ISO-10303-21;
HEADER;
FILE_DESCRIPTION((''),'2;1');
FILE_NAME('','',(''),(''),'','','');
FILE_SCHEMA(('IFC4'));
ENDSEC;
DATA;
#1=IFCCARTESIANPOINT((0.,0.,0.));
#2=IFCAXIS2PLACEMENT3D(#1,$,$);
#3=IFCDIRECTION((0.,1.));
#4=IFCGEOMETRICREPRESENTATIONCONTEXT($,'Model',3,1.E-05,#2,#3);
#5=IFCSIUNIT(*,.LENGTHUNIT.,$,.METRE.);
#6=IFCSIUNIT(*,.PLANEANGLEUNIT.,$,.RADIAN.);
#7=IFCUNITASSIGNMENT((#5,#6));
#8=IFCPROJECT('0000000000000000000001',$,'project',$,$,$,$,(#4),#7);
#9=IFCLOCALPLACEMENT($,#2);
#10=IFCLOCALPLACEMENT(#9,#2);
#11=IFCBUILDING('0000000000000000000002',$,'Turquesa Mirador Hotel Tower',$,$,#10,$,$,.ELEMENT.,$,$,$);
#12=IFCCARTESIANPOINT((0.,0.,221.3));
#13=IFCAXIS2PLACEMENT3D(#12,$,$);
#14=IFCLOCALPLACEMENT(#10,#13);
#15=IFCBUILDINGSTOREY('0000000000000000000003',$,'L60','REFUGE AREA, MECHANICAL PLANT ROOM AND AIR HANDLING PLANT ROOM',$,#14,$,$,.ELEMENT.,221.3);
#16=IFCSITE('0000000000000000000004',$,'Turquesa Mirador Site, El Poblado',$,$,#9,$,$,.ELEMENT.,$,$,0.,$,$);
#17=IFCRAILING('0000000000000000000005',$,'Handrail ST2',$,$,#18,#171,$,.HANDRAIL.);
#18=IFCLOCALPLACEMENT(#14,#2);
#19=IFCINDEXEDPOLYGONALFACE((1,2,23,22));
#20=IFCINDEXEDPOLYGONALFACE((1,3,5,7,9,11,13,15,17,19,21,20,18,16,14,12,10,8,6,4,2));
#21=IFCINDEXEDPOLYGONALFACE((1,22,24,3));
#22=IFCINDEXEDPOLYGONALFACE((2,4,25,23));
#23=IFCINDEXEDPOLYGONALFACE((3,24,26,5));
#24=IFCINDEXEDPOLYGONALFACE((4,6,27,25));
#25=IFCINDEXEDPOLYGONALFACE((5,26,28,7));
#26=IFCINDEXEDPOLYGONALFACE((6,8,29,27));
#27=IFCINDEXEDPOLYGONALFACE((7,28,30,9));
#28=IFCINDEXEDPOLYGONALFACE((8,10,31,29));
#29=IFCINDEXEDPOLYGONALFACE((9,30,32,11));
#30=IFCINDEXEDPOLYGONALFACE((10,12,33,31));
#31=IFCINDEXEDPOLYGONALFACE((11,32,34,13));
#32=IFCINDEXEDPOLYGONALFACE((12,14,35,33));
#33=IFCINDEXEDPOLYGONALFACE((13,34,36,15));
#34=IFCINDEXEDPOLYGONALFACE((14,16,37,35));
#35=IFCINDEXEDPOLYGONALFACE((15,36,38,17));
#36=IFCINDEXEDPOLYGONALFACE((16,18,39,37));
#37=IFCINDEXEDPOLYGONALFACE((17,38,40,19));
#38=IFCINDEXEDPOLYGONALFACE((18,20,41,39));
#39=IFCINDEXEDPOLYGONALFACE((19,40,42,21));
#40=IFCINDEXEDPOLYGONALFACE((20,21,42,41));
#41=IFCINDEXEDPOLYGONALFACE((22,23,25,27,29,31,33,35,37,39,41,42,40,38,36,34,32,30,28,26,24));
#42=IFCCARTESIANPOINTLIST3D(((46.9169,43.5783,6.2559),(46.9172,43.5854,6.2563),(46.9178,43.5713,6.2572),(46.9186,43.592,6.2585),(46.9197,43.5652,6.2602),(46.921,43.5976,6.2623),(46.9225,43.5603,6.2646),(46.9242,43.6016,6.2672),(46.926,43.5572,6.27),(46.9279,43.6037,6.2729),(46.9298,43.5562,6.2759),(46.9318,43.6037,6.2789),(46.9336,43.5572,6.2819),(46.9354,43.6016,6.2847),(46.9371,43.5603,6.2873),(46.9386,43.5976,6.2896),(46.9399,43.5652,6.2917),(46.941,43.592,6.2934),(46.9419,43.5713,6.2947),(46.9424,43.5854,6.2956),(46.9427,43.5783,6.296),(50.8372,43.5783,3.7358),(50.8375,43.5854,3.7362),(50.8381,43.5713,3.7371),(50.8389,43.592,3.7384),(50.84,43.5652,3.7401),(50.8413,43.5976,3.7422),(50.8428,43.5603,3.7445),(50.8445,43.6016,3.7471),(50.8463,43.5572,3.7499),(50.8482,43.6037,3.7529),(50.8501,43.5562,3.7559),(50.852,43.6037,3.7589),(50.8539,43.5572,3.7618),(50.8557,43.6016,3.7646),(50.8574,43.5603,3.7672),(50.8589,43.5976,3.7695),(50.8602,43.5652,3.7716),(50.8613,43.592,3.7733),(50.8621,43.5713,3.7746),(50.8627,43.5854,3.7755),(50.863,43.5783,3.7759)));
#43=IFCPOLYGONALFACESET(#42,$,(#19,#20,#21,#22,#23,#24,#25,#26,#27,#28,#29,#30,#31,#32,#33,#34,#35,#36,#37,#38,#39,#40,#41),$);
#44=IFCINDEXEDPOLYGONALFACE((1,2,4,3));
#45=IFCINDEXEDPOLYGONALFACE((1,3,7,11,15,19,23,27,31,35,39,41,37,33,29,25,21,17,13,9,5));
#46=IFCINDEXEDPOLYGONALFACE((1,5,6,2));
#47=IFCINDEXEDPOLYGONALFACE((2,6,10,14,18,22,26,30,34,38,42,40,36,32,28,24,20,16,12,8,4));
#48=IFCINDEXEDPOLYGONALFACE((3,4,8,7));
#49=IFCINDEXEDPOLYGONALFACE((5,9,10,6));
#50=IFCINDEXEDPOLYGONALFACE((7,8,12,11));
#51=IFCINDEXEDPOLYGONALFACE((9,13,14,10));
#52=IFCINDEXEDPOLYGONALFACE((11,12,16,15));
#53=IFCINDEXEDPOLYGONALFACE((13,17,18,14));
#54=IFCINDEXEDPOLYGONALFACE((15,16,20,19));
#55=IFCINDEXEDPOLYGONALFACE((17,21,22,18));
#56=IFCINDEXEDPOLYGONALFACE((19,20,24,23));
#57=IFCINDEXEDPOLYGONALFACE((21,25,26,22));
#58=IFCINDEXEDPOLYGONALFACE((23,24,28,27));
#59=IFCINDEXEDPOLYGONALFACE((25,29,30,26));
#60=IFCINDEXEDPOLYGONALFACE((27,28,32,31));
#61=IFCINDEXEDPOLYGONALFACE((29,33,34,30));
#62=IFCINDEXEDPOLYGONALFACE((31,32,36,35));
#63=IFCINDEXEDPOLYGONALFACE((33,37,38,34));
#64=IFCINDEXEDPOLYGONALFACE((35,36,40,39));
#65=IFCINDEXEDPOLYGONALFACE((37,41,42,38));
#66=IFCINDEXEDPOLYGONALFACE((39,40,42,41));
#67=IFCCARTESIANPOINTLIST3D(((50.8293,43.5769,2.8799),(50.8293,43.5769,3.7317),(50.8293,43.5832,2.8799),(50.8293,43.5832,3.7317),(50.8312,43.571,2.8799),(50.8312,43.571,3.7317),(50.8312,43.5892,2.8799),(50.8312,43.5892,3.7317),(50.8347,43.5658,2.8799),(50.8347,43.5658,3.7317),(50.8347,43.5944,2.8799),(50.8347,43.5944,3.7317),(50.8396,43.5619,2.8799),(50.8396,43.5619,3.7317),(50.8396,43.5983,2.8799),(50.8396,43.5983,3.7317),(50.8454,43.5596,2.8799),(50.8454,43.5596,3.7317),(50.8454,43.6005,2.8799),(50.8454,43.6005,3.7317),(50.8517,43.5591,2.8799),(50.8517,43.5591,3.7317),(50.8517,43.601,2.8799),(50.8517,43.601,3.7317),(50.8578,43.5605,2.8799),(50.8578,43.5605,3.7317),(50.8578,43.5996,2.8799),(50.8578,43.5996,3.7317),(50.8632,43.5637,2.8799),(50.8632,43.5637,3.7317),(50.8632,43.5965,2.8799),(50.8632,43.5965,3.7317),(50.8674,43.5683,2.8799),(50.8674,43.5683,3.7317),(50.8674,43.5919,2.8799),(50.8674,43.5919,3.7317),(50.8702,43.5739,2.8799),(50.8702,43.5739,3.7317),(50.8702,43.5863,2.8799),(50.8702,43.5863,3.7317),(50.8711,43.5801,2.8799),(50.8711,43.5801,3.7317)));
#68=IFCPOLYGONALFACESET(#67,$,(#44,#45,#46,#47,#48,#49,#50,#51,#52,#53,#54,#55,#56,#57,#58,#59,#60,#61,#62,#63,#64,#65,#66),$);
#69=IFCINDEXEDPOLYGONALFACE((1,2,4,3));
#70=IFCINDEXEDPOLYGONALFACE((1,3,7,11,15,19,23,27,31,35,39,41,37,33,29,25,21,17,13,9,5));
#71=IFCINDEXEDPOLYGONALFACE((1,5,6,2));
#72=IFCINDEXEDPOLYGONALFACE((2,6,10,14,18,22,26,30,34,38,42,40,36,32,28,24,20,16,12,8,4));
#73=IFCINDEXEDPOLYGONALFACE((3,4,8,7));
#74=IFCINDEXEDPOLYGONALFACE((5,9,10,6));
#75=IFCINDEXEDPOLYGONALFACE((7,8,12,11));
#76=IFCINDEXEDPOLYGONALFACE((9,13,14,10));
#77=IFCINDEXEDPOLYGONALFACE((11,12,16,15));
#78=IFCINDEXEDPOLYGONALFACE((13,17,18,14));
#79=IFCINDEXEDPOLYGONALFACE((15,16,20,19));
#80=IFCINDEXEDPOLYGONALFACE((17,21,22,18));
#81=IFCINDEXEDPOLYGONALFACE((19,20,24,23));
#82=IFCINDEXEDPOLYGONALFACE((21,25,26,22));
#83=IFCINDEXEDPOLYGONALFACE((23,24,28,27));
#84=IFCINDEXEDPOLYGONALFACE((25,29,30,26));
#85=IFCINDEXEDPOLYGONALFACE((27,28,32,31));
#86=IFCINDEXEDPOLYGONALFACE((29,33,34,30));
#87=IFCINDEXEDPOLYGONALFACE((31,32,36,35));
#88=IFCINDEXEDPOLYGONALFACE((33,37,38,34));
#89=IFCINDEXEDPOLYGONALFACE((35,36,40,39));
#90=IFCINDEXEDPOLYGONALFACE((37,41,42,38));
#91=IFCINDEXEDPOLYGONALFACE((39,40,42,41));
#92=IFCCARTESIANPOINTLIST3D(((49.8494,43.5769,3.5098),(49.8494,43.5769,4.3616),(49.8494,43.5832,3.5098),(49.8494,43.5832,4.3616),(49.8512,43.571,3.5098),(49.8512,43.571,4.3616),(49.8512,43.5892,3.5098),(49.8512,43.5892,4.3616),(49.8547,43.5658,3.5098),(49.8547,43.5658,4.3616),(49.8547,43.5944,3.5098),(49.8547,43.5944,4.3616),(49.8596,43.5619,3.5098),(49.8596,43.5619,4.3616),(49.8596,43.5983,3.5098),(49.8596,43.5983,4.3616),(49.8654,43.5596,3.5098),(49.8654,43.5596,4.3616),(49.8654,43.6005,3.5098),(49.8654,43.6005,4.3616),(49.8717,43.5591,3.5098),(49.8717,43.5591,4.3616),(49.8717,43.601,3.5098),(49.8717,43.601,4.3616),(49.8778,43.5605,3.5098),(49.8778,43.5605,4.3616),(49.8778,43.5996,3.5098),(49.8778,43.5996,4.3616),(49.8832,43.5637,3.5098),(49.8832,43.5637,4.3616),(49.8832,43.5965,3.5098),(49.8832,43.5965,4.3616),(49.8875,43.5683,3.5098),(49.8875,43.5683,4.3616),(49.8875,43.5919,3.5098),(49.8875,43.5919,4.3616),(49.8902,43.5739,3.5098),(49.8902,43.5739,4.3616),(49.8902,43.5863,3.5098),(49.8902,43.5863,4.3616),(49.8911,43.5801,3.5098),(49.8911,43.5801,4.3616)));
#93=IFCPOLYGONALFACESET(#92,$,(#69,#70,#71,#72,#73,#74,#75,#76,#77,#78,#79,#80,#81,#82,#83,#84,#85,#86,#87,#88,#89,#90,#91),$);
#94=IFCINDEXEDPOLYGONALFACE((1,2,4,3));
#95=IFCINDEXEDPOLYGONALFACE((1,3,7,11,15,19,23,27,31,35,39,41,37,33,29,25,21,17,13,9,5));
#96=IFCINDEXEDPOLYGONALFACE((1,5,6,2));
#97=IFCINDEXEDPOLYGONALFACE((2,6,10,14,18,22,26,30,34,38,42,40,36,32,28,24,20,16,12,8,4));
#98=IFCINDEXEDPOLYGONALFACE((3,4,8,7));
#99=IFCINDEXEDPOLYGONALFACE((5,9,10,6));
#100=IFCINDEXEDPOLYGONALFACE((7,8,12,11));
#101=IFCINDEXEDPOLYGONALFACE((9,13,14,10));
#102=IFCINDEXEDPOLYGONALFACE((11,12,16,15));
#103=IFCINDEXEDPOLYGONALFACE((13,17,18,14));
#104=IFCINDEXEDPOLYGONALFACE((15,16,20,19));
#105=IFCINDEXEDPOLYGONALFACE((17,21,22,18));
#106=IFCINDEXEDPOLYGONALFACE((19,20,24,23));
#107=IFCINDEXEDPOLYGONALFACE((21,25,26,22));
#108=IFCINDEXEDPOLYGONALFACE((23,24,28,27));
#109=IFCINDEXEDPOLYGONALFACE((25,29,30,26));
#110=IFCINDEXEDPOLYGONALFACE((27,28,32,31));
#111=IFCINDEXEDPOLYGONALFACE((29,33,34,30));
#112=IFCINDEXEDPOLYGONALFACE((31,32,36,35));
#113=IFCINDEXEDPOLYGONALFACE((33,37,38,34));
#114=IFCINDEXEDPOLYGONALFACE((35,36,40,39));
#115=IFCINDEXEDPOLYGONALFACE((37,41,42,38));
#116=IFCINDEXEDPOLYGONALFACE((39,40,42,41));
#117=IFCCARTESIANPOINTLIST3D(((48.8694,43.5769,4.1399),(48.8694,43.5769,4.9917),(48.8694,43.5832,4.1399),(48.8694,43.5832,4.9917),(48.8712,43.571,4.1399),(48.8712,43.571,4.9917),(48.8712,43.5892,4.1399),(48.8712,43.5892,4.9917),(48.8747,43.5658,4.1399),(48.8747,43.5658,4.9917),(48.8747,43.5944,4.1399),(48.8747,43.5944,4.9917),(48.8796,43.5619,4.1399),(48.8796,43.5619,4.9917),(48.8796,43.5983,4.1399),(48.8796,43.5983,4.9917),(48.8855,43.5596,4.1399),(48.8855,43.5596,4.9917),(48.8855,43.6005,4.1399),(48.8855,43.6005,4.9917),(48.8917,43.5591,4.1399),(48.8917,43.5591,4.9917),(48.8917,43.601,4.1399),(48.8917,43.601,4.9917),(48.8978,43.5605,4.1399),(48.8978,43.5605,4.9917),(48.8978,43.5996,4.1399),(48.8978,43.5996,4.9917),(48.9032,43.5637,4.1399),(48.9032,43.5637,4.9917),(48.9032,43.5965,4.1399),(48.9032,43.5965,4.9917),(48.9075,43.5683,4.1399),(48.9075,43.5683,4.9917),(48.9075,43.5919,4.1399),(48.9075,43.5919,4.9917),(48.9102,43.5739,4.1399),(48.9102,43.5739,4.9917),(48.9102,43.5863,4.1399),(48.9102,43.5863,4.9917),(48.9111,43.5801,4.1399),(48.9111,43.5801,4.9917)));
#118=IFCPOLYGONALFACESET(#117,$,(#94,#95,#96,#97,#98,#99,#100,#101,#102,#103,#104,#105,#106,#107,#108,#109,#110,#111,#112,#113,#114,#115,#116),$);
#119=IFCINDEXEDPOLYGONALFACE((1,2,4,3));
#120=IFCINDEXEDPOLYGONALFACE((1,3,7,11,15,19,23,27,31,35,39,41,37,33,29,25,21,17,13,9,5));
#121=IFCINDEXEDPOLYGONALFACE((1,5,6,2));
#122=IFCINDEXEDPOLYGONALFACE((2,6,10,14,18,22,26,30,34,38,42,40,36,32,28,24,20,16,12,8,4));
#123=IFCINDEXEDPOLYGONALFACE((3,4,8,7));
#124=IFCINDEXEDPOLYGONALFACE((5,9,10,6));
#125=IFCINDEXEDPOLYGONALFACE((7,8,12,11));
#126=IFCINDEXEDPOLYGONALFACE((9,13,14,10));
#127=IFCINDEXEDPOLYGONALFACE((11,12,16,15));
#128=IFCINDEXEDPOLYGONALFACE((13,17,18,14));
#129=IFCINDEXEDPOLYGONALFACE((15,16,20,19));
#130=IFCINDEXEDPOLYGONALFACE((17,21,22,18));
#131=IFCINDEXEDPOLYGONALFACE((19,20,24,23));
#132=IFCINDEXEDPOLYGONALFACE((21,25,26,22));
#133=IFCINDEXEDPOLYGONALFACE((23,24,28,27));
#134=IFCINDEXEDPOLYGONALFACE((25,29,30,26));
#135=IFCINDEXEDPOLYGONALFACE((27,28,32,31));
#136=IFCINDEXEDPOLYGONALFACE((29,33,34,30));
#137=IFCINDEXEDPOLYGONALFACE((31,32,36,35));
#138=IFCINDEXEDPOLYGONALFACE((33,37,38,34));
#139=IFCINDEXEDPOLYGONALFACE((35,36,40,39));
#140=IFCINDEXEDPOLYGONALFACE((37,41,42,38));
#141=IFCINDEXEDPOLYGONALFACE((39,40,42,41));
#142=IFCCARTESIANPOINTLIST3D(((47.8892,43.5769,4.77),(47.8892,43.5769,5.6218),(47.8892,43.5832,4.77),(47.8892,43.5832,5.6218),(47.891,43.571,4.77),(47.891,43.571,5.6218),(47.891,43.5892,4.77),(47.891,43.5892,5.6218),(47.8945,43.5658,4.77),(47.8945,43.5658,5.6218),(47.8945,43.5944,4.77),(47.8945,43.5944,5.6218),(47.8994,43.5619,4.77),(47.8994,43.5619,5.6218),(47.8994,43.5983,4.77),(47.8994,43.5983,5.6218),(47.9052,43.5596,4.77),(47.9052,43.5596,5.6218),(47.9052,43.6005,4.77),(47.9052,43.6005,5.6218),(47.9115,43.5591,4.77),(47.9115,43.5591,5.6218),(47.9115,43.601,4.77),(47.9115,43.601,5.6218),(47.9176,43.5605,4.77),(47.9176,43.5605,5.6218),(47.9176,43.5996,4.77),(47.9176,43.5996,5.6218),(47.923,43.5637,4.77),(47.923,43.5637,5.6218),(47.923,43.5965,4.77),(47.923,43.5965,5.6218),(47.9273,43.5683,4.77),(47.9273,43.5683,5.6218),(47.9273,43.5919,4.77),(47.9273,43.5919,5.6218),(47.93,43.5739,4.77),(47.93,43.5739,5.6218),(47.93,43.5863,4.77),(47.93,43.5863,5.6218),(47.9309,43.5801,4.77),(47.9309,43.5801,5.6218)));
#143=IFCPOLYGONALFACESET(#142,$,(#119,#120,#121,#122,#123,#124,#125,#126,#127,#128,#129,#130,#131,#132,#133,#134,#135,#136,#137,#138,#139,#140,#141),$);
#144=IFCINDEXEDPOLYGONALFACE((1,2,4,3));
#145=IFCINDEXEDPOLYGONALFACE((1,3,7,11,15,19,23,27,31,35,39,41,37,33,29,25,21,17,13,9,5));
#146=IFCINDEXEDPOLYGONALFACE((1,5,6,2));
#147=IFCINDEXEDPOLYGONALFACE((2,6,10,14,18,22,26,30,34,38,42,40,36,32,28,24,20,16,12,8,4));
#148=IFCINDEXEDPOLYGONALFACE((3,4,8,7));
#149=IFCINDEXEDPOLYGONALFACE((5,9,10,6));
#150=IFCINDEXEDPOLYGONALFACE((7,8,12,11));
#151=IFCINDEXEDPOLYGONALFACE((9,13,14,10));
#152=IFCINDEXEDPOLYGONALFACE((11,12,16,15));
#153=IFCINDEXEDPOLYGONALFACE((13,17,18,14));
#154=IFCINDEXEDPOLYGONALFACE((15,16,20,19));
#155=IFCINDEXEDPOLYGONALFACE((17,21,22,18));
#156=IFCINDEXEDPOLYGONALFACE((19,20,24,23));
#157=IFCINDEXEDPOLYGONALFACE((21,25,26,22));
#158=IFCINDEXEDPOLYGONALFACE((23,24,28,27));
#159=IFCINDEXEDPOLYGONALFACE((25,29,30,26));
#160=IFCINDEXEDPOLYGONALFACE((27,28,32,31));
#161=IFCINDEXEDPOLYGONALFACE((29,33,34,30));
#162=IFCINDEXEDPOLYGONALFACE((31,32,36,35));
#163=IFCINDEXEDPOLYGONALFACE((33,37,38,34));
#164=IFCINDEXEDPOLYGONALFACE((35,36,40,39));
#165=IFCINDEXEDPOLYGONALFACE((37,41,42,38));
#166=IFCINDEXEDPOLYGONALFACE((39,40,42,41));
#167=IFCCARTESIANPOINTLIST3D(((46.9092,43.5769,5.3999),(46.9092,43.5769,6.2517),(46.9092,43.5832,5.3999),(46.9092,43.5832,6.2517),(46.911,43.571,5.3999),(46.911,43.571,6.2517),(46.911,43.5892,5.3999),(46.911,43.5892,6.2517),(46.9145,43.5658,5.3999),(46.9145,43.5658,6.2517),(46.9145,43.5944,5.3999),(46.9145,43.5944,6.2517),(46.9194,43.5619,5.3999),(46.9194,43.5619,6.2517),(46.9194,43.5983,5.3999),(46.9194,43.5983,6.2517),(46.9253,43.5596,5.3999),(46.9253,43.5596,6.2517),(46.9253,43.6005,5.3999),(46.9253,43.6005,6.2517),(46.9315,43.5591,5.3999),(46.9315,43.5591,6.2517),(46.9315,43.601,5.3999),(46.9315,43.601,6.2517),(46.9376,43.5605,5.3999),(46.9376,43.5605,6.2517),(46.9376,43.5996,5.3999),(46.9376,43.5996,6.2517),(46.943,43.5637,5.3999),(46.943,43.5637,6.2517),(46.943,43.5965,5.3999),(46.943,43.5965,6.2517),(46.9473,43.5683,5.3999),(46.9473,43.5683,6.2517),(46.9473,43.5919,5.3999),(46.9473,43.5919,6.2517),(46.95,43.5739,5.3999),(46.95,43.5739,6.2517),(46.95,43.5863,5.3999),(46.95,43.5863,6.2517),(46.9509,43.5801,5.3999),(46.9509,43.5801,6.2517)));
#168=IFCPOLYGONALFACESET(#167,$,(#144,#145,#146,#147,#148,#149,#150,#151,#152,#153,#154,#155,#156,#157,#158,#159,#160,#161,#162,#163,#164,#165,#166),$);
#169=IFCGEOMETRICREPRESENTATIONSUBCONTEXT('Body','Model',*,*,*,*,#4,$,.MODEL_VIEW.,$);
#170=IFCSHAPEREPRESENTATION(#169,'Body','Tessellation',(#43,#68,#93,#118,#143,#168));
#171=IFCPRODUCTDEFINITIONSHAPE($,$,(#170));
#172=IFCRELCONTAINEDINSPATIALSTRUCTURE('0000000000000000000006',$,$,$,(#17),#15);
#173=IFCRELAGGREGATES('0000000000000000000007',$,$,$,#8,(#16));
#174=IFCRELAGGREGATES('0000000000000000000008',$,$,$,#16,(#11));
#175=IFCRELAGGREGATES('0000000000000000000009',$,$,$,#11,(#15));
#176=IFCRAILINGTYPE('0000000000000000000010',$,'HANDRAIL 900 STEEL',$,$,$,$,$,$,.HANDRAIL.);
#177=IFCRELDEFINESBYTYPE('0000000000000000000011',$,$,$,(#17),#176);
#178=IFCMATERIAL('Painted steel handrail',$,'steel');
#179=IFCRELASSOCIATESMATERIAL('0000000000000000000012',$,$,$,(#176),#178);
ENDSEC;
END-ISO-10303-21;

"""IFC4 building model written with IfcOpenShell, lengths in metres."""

from ifc_helpers import new_model, si_unit, direction, frame, origin, origin_2d, place, context, subcontext, project, spatial, circle, extrude, material, type_object, element, save


model = new_model("IFC4")

# Units and contexts
model_context = context("Model", 3, precision=1e-05, world=origin(), true_north=direction((0.0, 1.0)))
body_context = subcontext(model_context, "Body", "Model", "MODEL_VIEW")
ifc_project = project(units=[si_unit("LENGTHUNIT", "METRE"), si_unit("PLANEANGLEUNIT", "RADIAN")], contexts=[model_context])

# Site, building, storey
site_placement = place(None, origin())
site = spatial("IfcSite", under=ifc_project, at=site_placement, Name="Turquesa Mirador Site, El Poblado", CompositionType="ELEMENT", RefElevation=0.0)
building_placement = place(site_placement, origin())
building = spatial("IfcBuilding", under=site, at=building_placement, Name="Turquesa Mirador Hotel Tower", CompositionType="ELEMENT")
storey_placement = place(building_placement, frame((0.0, 0.0, 221.3)))
storey = spatial("IfcBuildingStorey", under=building, at=storey_placement, Name="L60", Description="REFUGE AREA, MECHANICAL PLANT ROOM AND AIR HANDLING PLANT ROOM", CompositionType="ELEMENT", Elevation=221.3)

# Railing
ifc_material_1 = material(Name="Painted steel handrail", Category="steel")
railing_type = type_object("IfcRailingType", Name="HANDRAIL 900 STEEL", PredefinedType="HANDRAIL", material=ifc_material_1)
railing_placement = place(storey_placement, frame((50.8501, 43.5801, 2.8799)))
element("IfcRailing", 1, at=railing_placement, inside=storey, type_object=railing_type, Name="Handrail ST2", PredefinedType="HANDRAIL", context=body_context, shape_type="SweptSolid", body=[
    extrude(circle(Radius=0.0239, at=origin_2d()), frame((0.0, 0.0, 0.876), z_axis=(-0.841187, 0.0, 0.540744), x_axis=(0.0, -1.0, 0.0)), (0.0, 0.0, 1.0), 4.6604),
    extrude(circle(Radius=0.021, at=origin_2d()), origin(), (0.0, 0.0, 1.0), 0.8518),
    extrude(circle(Radius=0.021, at=origin_2d()), frame((-0.98, 0.0, 0.6299)), (0.0, 0.0, 1.0), 0.8518),
    extrude(circle(Radius=0.021, at=origin_2d()), frame((-1.96, 0.0, 1.26)), (0.0, 0.0, 1.0), 0.8518),
    extrude(circle(Radius=0.021, at=origin_2d()), frame((-2.9402, 0.0, 1.8901)), (0.0, 0.0, 1.0), 0.8518),
    extrude(circle(Radius=0.021, at=origin_2d()), frame((-3.9202, 0.0, 2.52)), (0.0, 0.0, 1.0), 0.8518),
])

save(model, "model.ifc")
